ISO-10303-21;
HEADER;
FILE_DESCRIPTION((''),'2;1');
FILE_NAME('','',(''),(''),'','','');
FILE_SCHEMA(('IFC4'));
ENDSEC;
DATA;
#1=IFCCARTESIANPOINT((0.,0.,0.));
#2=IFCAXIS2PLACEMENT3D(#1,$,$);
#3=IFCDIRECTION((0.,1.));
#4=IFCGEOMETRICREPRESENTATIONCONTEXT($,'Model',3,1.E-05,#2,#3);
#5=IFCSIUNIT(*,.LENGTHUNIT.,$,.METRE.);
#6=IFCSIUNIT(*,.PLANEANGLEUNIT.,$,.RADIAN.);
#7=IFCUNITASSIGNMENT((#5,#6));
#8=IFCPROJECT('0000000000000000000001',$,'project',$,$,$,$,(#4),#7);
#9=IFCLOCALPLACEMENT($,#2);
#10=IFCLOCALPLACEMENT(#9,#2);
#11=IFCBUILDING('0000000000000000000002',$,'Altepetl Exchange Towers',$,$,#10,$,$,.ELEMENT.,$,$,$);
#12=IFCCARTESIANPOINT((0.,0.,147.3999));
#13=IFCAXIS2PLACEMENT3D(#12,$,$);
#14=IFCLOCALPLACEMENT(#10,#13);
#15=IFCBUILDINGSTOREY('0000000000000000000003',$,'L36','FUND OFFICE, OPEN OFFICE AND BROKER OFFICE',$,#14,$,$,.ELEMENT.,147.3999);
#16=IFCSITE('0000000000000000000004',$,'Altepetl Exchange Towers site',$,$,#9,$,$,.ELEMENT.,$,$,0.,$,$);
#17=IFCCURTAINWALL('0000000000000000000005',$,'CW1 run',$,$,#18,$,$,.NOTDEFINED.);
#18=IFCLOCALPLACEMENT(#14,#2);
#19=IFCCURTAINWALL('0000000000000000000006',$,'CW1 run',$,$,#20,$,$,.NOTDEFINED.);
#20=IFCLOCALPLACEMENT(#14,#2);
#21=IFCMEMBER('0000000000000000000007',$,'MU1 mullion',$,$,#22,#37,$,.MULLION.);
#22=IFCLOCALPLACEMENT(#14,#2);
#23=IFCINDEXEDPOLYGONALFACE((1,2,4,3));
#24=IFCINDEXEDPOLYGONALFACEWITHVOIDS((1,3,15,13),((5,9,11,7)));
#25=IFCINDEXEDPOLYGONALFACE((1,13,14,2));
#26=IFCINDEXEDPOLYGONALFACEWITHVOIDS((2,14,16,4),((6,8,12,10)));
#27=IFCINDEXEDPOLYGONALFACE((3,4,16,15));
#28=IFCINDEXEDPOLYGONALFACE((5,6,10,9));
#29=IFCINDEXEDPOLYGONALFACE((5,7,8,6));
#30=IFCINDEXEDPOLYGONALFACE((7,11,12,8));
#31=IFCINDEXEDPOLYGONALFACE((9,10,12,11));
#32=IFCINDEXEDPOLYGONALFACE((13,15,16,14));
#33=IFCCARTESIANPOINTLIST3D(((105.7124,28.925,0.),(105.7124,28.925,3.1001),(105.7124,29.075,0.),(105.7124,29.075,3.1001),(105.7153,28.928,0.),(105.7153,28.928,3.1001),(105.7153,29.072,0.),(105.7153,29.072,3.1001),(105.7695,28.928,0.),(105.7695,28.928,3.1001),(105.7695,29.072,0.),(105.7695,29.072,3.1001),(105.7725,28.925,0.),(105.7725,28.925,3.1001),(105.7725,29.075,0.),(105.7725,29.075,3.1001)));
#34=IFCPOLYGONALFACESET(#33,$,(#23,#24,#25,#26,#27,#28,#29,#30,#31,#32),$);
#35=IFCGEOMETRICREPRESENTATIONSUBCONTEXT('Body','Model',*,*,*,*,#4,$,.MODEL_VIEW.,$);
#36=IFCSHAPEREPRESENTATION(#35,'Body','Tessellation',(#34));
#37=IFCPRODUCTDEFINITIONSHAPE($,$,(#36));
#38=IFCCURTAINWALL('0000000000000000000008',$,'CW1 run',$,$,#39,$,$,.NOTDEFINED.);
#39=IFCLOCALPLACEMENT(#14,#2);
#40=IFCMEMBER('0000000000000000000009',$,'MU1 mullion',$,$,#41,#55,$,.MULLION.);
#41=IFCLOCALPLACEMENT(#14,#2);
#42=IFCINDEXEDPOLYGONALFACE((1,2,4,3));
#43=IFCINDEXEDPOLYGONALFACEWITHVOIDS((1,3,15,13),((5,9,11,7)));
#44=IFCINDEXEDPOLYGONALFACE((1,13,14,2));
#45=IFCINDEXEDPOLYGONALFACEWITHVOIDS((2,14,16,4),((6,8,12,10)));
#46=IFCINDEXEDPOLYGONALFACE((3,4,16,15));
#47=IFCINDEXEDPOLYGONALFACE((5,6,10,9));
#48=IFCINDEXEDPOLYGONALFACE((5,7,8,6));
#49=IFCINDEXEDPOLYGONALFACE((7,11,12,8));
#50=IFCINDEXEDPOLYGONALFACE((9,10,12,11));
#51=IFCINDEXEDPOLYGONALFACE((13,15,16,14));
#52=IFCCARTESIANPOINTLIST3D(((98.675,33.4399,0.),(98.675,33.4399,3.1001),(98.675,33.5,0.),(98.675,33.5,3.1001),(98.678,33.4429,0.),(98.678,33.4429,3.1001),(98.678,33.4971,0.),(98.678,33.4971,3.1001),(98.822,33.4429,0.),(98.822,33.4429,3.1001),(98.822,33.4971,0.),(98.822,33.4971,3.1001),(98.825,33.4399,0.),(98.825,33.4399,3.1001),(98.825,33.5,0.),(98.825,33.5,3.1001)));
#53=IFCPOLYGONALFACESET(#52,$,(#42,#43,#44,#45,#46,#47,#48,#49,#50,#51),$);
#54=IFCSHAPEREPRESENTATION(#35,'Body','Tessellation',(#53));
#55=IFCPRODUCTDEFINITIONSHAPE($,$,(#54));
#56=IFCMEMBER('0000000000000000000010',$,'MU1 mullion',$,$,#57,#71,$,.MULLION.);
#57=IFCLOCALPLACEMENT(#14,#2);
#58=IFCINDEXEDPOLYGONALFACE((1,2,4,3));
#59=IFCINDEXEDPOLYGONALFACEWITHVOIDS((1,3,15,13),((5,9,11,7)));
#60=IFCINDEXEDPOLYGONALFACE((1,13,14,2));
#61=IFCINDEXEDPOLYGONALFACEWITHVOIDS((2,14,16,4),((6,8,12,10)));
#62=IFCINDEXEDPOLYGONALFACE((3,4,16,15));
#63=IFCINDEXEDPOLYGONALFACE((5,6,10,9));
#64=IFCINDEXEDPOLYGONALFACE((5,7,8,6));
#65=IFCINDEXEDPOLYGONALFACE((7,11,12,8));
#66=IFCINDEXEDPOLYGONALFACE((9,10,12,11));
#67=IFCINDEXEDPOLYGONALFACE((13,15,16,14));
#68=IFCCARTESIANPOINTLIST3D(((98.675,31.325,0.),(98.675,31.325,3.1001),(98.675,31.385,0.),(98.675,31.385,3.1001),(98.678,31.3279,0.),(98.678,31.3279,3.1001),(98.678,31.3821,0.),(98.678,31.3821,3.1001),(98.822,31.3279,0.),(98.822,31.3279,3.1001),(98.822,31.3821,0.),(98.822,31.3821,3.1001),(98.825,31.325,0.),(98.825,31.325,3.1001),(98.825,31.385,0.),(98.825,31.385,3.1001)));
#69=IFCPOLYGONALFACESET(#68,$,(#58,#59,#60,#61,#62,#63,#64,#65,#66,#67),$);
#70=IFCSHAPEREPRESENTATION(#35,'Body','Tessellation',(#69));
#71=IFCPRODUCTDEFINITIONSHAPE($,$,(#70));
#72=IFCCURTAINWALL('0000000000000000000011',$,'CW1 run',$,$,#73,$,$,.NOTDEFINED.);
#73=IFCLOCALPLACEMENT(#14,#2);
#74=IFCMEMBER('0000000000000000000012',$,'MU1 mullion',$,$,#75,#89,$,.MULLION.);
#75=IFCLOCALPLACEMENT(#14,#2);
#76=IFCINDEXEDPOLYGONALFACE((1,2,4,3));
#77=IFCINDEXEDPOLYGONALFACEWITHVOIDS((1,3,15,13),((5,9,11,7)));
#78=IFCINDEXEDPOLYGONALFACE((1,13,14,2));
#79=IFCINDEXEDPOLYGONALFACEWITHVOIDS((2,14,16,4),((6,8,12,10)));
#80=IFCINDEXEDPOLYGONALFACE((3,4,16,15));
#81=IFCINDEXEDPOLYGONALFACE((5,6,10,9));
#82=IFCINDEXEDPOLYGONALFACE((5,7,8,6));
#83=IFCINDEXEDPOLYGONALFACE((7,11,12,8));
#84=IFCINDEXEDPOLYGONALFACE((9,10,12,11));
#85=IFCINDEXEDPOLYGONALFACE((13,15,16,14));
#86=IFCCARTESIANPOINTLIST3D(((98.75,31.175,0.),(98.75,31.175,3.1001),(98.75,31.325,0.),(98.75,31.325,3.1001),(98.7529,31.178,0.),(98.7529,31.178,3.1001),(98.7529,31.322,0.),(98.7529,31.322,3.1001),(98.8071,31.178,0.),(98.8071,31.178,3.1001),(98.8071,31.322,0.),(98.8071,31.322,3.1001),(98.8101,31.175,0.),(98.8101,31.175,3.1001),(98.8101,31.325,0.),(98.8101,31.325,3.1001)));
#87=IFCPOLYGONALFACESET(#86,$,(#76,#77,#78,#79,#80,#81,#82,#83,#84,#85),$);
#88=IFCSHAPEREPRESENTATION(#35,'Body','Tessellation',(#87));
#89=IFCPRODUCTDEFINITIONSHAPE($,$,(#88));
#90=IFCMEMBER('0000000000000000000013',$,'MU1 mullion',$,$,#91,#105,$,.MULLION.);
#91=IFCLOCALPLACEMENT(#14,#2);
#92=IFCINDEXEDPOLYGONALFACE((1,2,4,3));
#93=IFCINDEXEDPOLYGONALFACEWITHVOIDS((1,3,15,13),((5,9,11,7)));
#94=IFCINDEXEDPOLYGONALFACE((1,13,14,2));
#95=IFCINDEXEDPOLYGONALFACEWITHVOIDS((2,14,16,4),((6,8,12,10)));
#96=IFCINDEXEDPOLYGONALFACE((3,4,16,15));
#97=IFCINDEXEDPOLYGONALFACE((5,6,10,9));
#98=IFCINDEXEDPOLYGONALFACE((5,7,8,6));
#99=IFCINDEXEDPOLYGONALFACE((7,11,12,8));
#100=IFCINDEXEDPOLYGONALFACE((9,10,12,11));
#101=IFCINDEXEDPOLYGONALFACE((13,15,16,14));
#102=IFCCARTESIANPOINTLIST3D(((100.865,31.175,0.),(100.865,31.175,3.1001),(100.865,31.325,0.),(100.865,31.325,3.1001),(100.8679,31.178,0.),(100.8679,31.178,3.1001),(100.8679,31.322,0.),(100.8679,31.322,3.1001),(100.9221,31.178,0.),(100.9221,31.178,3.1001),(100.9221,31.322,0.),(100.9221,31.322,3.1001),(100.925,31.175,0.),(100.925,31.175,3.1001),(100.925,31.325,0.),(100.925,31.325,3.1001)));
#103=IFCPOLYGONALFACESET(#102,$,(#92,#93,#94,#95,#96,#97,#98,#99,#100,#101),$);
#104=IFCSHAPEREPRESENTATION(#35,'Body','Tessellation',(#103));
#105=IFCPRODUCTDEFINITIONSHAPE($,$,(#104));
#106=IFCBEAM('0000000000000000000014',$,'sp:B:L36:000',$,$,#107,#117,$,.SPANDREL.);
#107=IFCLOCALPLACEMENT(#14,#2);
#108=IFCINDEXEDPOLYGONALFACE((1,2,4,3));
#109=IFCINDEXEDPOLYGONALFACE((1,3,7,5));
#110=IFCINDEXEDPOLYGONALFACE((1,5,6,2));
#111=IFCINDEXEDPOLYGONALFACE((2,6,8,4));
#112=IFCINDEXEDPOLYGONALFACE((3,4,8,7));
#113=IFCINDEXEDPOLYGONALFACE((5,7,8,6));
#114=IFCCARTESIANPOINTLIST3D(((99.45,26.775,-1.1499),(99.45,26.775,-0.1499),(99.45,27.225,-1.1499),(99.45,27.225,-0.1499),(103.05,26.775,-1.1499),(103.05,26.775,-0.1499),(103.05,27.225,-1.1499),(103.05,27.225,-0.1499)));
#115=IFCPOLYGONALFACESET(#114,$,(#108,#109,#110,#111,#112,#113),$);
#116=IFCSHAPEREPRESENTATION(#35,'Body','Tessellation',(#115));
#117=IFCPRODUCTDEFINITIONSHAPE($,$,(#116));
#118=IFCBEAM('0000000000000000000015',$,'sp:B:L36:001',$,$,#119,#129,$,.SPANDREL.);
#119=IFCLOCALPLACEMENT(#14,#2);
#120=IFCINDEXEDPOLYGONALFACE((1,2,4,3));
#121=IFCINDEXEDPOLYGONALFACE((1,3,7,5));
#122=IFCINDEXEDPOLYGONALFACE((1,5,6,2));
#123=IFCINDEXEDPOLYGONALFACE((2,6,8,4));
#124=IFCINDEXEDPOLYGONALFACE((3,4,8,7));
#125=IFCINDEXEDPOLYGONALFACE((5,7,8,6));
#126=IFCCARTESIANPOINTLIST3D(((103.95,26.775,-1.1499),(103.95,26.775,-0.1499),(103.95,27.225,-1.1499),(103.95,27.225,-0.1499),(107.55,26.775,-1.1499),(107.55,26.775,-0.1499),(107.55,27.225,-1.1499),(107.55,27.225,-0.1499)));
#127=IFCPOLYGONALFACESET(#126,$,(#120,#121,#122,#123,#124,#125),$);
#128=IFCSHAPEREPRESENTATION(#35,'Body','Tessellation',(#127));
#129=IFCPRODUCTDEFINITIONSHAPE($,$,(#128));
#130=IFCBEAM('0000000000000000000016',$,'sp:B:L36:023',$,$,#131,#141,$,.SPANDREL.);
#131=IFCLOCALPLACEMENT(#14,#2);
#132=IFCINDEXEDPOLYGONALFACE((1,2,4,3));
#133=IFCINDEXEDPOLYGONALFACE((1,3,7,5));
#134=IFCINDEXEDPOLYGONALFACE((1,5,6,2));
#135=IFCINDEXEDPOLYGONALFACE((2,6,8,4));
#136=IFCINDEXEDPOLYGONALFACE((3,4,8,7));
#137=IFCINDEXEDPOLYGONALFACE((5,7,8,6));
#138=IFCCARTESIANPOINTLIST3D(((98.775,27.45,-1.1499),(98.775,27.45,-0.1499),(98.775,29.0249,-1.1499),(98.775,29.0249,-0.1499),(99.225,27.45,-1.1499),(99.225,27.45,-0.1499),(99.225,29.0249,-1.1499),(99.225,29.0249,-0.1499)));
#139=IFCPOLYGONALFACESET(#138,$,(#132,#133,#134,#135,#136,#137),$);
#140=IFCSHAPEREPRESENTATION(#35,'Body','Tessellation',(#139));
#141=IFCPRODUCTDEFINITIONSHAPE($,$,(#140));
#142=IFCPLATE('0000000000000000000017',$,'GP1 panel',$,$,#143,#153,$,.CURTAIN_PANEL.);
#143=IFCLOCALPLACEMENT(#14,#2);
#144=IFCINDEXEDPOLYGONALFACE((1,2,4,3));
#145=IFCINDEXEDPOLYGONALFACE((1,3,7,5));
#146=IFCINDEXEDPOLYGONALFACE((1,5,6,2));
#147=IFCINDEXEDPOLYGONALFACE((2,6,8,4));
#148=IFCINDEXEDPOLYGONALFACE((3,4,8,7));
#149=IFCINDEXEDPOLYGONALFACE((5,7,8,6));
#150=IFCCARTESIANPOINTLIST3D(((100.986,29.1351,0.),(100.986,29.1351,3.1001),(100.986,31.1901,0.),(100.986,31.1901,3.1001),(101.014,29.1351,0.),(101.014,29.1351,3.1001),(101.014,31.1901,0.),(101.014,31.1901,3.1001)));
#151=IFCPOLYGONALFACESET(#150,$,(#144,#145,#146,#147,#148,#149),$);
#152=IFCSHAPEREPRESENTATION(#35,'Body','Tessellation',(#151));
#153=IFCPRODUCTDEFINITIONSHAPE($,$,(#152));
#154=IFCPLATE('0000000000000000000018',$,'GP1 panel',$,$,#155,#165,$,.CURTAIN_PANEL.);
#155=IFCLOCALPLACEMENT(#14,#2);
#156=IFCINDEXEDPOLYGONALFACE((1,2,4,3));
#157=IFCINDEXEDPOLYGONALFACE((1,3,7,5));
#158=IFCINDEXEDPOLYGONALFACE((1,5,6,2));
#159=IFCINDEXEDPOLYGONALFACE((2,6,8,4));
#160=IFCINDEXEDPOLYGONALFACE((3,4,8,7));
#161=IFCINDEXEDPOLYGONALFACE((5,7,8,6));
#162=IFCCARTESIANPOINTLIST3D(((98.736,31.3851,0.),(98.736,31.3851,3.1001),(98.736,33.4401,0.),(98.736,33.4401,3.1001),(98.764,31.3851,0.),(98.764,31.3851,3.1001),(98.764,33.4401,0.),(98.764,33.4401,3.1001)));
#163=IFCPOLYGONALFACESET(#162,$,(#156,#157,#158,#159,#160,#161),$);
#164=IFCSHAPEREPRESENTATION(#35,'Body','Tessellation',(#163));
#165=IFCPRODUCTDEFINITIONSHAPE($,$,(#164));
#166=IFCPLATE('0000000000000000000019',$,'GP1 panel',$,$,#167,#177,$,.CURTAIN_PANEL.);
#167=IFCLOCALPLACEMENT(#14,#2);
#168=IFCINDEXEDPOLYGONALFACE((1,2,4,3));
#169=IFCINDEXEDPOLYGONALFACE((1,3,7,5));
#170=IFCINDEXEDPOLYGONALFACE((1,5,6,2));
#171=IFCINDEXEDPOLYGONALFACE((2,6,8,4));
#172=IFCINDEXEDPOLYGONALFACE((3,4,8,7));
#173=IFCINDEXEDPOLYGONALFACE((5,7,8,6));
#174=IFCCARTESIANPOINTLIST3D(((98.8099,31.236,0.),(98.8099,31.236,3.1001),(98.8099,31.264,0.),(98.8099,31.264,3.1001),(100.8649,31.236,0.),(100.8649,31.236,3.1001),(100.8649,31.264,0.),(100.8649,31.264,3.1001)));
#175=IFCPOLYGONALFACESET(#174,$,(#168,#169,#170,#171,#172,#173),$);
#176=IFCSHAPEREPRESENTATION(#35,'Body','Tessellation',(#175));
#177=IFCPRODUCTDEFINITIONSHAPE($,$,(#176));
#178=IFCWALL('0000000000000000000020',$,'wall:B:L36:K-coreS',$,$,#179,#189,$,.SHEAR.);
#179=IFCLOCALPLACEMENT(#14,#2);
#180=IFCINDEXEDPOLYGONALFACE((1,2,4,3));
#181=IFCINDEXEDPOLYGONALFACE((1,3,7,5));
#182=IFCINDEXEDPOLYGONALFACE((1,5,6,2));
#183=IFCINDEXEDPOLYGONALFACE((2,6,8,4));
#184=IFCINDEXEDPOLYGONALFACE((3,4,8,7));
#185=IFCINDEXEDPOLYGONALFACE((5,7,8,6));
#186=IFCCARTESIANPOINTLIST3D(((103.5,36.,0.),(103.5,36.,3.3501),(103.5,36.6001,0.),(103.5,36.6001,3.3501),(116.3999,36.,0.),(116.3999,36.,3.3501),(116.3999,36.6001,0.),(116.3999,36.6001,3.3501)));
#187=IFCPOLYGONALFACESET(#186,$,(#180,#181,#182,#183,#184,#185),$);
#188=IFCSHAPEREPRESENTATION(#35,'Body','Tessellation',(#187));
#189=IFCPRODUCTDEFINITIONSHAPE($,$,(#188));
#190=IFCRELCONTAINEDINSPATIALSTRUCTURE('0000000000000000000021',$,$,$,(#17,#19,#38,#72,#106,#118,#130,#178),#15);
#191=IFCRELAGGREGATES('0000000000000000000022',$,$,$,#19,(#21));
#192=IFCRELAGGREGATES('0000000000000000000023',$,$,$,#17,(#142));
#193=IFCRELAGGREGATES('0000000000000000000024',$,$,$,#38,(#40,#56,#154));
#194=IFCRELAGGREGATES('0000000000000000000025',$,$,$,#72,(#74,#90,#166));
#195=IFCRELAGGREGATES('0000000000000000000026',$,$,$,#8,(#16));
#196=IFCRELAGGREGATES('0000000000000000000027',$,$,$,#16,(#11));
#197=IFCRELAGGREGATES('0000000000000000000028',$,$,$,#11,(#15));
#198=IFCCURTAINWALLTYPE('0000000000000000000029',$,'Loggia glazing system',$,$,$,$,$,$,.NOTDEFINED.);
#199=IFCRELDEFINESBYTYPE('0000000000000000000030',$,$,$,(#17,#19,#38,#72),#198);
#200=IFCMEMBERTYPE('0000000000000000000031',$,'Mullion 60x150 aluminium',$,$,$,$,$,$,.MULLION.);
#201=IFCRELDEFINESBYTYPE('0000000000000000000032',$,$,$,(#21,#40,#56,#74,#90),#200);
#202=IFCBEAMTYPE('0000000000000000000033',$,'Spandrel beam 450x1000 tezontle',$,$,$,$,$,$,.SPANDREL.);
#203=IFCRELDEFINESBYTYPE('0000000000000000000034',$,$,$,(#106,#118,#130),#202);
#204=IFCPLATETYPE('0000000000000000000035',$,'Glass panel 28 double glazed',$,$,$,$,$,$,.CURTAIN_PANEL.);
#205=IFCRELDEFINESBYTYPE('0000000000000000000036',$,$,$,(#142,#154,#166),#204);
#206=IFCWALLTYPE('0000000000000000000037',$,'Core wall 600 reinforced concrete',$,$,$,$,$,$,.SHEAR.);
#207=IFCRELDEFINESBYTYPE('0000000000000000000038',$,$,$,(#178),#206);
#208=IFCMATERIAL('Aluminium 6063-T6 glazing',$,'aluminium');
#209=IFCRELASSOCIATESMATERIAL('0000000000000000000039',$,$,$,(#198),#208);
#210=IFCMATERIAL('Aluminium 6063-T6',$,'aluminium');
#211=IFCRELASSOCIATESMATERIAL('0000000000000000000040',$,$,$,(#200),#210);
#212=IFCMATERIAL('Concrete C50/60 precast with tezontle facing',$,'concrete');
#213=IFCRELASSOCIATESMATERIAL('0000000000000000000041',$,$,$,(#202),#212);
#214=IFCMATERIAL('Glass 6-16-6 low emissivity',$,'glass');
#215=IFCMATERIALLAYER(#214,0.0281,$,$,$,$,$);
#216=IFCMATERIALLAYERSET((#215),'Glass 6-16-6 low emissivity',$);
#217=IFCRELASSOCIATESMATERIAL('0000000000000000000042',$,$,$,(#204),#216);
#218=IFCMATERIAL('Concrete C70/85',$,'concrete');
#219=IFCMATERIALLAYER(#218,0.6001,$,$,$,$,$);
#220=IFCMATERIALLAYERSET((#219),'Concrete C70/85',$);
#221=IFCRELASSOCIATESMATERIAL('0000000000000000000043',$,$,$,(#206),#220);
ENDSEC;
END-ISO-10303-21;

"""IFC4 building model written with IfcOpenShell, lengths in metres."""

from ifc_helpers import new_model, si_unit, direction, frame, frame_2d, origin, origin_2d, place, context, subcontext, project, spatial, rectangle, hollow_rectangle, extrude, material, layer, layer_set, material_profile, profile_set, type_object, element, aggregate, save


model = new_model("IFC4")

# Units and contexts
model_context = context("Model", 3, precision=1e-05, world=origin(), true_north=direction((0.0, 1.0)))
body_context = subcontext(model_context, "Body", "Model", "MODEL_VIEW")
ifc_project = project(units=[si_unit("LENGTHUNIT", "METRE"), si_unit("PLANEANGLEUNIT", "RADIAN")], contexts=[model_context])

# Site, building, storey
site_placement = place(None, origin())
site = spatial("IfcSite", under=ifc_project, at=site_placement, Name="Altepetl Exchange Towers site", CompositionType="ELEMENT", RefElevation=0.0)
building_placement = place(site_placement, origin())
building = spatial("IfcBuilding", under=site, at=building_placement, Name="Altepetl Exchange Towers", CompositionType="ELEMENT")
storey_placement = place(building_placement, frame((0.0, 0.0, 147.3999)))
storey = spatial("IfcBuildingStorey", under=building, at=storey_placement, Name="L36", Description="FUND OFFICE, OPEN OFFICE AND BROKER OFFICE", CompositionType="ELEMENT", Elevation=147.3999)

# Shared definitions
ifc_material_1 = material(Name="Concrete C70/85", Category="concrete")

# Curtain wall
ifc_material_2 = material(Name="Aluminium 6063-T6 glazing", Category="aluminium")
curtain_wall_type = type_object("IfcCurtainWallType", Name="Loggia glazing system", PredefinedType="NOTDEFINED", material=ifc_material_2)
curtain_wall_1_placement = place(storey_placement, origin())
curtain_wall_1 = element("IfcCurtainWall", 1, at=curtain_wall_1_placement, inside=storey, type_object=curtain_wall_type, Name="CW1 run", PredefinedType="NOTDEFINED")
ifc_material_3 = material(Name="Aluminium 6063-T6", Category="aluminium")
ifc_material_profile_1 = material_profile(ifc_material_3, hollow_rectangle(XDim=0.0601, YDim=0.1499, WallThickness=0.0029, at=origin_2d()), Name="Mullion 60x150 aluminium")
ifc_profile_set_1 = profile_set([ifc_material_profile_1], Name="Aluminium 6063-T6")
member_type = type_object("IfcMemberType", Name="Mullion 60x150 aluminium", PredefinedType="MULLION", material=ifc_profile_set_1)

# Curtain wall, member
curtain_wall_2_placement = place(storey_placement, origin())
curtain_wall_2 = element("IfcCurtainWall", 2, at=curtain_wall_2_placement, inside=storey, type_object=curtain_wall_type, Name="CW1 run", PredefinedType="NOTDEFINED")
member_1_placement = place(storey_placement, frame((105.7424, 29.0, 0.0)))
member_1 = element("IfcMember", 3, at=member_1_placement, type_object=member_type, Name="MU1 mullion", PredefinedType="MULLION", context=body_context, shape_type="SweptSolid", body=[
    extrude(hollow_rectangle(XDim=0.0601, YDim=0.1499, WallThickness=0.0029, at=origin_2d()), origin(), (0.0, 0.0, 1.0), 3.1001),
])
aggregate(curtain_wall_2, [member_1])

# Curtain walls, members
curtain_wall_3_placement = place(storey_placement, origin())
curtain_wall_3 = element("IfcCurtainWall", 4, at=curtain_wall_3_placement, inside=storey, type_object=curtain_wall_type, Name="CW1 run", PredefinedType="NOTDEFINED")
member_2_placement = place(storey_placement, frame((98.75, 33.47, 0.0), z_axis=(0.0, 0.0, 1.0), x_axis=(0.0, -1.0, 0.0)))
member_2 = element("IfcMember", 5, at=member_2_placement, type_object=member_type, Name="MU1 mullion", PredefinedType="MULLION", context=body_context, shape_type="SweptSolid", body=[
    extrude(hollow_rectangle(XDim=0.0601, YDim=0.1499, WallThickness=0.0029, at=origin_2d()), origin(), (0.0, 0.0, 1.0), 3.1001),
])
member_3_placement = place(storey_placement, frame((98.75, 31.355, 0.0), z_axis=(0.0, 0.0, 1.0), x_axis=(0.0, -1.0, 0.0)))
member_3 = element("IfcMember", 6, at=member_3_placement, type_object=member_type, Name="MU1 mullion", PredefinedType="MULLION", context=body_context, shape_type="SweptSolid", body=[
    extrude(hollow_rectangle(XDim=0.0601, YDim=0.1499, WallThickness=0.0029, at=origin_2d()), origin(), (0.0, 0.0, 1.0), 3.1001),
])
curtain_wall_4_placement = place(storey_placement, origin())
curtain_wall_4 = element("IfcCurtainWall", 7, at=curtain_wall_4_placement, inside=storey, type_object=curtain_wall_type, Name="CW1 run", PredefinedType="NOTDEFINED")
member_4_placement = place(storey_placement, frame((98.78, 31.25, 0.0)))
member_4 = element("IfcMember", 8, at=member_4_placement, type_object=member_type, Name="MU1 mullion", PredefinedType="MULLION", context=body_context, shape_type="SweptSolid", body=[
    extrude(hollow_rectangle(XDim=0.0601, YDim=0.1499, WallThickness=0.0029, at=origin_2d()), origin(), (0.0, 0.0, 1.0), 3.1001),
])
member_5_placement = place(storey_placement, frame((100.895, 31.25, 0.0)))
member_5 = element("IfcMember", 9, at=member_5_placement, type_object=member_type, Name="MU1 mullion", PredefinedType="MULLION", context=body_context, shape_type="SweptSolid", body=[
    extrude(hollow_rectangle(XDim=0.0601, YDim=0.1499, WallThickness=0.0029, at=origin_2d()), origin(), (0.0, 0.0, 1.0), 3.1001),
])

# Beams
ifc_material_4 = material(Name="Concrete C50/60 precast with tezontle facing", Category="concrete")
ifc_material_profile_2 = material_profile(ifc_material_4, rectangle(XDim=0.45, YDim=1.0, at=origin_2d()), Name="450 x 1000")
ifc_profile_set_2 = profile_set([ifc_material_profile_2], Name="Concrete C50/60 precast with tezontle facing")
beam_type_1 = type_object("IfcBeamType", Name="Spandrel beam 450x1000 tezontle", PredefinedType="SPANDREL", material=ifc_profile_set_2)
for number, where, z_axis, x_axis, name in (
    (10, (99.45, 27.0, -0.6499), (1.0, 0.0, 0.0), (0.0, 1.0, 0.0), "sp:B:L36:000"),
    (11, (103.95, 27.0, -0.6499), (1.0, 0.0, 0.0), (0.0, 1.0, 0.0), "sp:B:L36:001"),
):
    element("IfcBeam", number, at=place(storey_placement, frame(where, z_axis=z_axis, x_axis=x_axis)), inside=storey, type_object=beam_type_1, Name=name, PredefinedType="SPANDREL", context=body_context, shape_type="SweptSolid", body=[
        extrude(rectangle(XDim=0.45, YDim=1.0, at=origin_2d()), origin(), (0.0, 0.0, 1.0), 3.6001),
    ])
beam_1_placement = place(storey_placement, frame((99.0, 29.0249, -0.6499), z_axis=(0.0, -1.0, 0.0), x_axis=(1.0, 0.0, 0.0)))
element("IfcBeam", 12, at=beam_1_placement, inside=storey, type_object=beam_type_1, Name="sp:B:L36:023", PredefinedType="SPANDREL", context=body_context, shape_type="SweptSolid", body=[
    extrude(rectangle(XDim=0.45, YDim=1.0, at=origin_2d()), origin(), (0.0, 0.0, 1.0), 1.575),
])

# Plates
ifc_material_5 = material(Name="Glass 6-16-6 low emissivity", Category="glass")
ifc_layer_1 = layer(ifc_material_5, 0.0281)
ifc_layer_set_1 = layer_set([ifc_layer_1], Name="Glass 6-16-6 low emissivity")
plate_type = type_object("IfcPlateType", Name="Glass panel 28 double glazed", PredefinedType="CURTAIN_PANEL", material=ifc_layer_set_1)
plate_1_placement = place(storey_placement, frame((101.0, 30.1626, 0.0), z_axis=(0.0, 0.0, 1.0), x_axis=(0.0, -1.0, 0.0)))
plate_1 = element("IfcPlate", 13, at=plate_1_placement, type_object=plate_type, Name="GP1 panel", PredefinedType="CURTAIN_PANEL", context=body_context, shape_type="SweptSolid", body=[
    extrude(rectangle(XDim=2.0549, YDim=0.0281, at=origin_2d()), origin(), (0.0, 0.0, 1.0), 3.1001),
])
aggregate(curtain_wall_1, [plate_1])
plate_2_placement = place(storey_placement, frame((98.75, 32.4126, 0.0), z_axis=(0.0, 0.0, 1.0), x_axis=(0.0, -1.0, 0.0)))
plate_2 = element("IfcPlate", 14, at=plate_2_placement, type_object=plate_type, Name="GP1 panel", PredefinedType="CURTAIN_PANEL", context=body_context, shape_type="SweptSolid", body=[
    extrude(rectangle(XDim=2.0549, YDim=0.0281, at=origin_2d()), origin(), (0.0, 0.0, 1.0), 3.1001),
])
aggregate(curtain_wall_3, [member_2, member_3, plate_2])
plate_3_placement = place(storey_placement, frame((99.8374, 31.25, 0.0)))
plate_3 = element("IfcPlate", 15, at=plate_3_placement, type_object=plate_type, Name="GP1 panel", PredefinedType="CURTAIN_PANEL", context=body_context, shape_type="SweptSolid", body=[
    extrude(rectangle(XDim=2.0549, YDim=0.0281, at=origin_2d()), origin(), (0.0, 0.0, 1.0), 3.1001),
])
aggregate(curtain_wall_4, [member_4, member_5, plate_3])

# Wall
ifc_layer_2 = layer(ifc_material_1, 0.6001)
ifc_layer_set_2 = layer_set([ifc_layer_2], Name="Concrete C70/85")
wall_type_1 = type_object("IfcWallType", Name="Core wall 600 reinforced concrete", PredefinedType="SHEAR", material=ifc_layer_set_2)
wall_1_placement = place(storey_placement, frame((103.5, 36.3, 0.0)))
element("IfcWall", 16, at=wall_1_placement, inside=storey, type_object=wall_type_1, Name="wall:B:L36:K-coreS", PredefinedType="SHEAR", context=body_context, shape_type="SweptSolid", body=[
    extrude(rectangle(XDim=12.8999, YDim=0.6001, at=frame_2d((6.45, 0.0))), origin(), (0.0, 0.0, 1.0), 3.3501),
])

save(model, "model.ifc")
